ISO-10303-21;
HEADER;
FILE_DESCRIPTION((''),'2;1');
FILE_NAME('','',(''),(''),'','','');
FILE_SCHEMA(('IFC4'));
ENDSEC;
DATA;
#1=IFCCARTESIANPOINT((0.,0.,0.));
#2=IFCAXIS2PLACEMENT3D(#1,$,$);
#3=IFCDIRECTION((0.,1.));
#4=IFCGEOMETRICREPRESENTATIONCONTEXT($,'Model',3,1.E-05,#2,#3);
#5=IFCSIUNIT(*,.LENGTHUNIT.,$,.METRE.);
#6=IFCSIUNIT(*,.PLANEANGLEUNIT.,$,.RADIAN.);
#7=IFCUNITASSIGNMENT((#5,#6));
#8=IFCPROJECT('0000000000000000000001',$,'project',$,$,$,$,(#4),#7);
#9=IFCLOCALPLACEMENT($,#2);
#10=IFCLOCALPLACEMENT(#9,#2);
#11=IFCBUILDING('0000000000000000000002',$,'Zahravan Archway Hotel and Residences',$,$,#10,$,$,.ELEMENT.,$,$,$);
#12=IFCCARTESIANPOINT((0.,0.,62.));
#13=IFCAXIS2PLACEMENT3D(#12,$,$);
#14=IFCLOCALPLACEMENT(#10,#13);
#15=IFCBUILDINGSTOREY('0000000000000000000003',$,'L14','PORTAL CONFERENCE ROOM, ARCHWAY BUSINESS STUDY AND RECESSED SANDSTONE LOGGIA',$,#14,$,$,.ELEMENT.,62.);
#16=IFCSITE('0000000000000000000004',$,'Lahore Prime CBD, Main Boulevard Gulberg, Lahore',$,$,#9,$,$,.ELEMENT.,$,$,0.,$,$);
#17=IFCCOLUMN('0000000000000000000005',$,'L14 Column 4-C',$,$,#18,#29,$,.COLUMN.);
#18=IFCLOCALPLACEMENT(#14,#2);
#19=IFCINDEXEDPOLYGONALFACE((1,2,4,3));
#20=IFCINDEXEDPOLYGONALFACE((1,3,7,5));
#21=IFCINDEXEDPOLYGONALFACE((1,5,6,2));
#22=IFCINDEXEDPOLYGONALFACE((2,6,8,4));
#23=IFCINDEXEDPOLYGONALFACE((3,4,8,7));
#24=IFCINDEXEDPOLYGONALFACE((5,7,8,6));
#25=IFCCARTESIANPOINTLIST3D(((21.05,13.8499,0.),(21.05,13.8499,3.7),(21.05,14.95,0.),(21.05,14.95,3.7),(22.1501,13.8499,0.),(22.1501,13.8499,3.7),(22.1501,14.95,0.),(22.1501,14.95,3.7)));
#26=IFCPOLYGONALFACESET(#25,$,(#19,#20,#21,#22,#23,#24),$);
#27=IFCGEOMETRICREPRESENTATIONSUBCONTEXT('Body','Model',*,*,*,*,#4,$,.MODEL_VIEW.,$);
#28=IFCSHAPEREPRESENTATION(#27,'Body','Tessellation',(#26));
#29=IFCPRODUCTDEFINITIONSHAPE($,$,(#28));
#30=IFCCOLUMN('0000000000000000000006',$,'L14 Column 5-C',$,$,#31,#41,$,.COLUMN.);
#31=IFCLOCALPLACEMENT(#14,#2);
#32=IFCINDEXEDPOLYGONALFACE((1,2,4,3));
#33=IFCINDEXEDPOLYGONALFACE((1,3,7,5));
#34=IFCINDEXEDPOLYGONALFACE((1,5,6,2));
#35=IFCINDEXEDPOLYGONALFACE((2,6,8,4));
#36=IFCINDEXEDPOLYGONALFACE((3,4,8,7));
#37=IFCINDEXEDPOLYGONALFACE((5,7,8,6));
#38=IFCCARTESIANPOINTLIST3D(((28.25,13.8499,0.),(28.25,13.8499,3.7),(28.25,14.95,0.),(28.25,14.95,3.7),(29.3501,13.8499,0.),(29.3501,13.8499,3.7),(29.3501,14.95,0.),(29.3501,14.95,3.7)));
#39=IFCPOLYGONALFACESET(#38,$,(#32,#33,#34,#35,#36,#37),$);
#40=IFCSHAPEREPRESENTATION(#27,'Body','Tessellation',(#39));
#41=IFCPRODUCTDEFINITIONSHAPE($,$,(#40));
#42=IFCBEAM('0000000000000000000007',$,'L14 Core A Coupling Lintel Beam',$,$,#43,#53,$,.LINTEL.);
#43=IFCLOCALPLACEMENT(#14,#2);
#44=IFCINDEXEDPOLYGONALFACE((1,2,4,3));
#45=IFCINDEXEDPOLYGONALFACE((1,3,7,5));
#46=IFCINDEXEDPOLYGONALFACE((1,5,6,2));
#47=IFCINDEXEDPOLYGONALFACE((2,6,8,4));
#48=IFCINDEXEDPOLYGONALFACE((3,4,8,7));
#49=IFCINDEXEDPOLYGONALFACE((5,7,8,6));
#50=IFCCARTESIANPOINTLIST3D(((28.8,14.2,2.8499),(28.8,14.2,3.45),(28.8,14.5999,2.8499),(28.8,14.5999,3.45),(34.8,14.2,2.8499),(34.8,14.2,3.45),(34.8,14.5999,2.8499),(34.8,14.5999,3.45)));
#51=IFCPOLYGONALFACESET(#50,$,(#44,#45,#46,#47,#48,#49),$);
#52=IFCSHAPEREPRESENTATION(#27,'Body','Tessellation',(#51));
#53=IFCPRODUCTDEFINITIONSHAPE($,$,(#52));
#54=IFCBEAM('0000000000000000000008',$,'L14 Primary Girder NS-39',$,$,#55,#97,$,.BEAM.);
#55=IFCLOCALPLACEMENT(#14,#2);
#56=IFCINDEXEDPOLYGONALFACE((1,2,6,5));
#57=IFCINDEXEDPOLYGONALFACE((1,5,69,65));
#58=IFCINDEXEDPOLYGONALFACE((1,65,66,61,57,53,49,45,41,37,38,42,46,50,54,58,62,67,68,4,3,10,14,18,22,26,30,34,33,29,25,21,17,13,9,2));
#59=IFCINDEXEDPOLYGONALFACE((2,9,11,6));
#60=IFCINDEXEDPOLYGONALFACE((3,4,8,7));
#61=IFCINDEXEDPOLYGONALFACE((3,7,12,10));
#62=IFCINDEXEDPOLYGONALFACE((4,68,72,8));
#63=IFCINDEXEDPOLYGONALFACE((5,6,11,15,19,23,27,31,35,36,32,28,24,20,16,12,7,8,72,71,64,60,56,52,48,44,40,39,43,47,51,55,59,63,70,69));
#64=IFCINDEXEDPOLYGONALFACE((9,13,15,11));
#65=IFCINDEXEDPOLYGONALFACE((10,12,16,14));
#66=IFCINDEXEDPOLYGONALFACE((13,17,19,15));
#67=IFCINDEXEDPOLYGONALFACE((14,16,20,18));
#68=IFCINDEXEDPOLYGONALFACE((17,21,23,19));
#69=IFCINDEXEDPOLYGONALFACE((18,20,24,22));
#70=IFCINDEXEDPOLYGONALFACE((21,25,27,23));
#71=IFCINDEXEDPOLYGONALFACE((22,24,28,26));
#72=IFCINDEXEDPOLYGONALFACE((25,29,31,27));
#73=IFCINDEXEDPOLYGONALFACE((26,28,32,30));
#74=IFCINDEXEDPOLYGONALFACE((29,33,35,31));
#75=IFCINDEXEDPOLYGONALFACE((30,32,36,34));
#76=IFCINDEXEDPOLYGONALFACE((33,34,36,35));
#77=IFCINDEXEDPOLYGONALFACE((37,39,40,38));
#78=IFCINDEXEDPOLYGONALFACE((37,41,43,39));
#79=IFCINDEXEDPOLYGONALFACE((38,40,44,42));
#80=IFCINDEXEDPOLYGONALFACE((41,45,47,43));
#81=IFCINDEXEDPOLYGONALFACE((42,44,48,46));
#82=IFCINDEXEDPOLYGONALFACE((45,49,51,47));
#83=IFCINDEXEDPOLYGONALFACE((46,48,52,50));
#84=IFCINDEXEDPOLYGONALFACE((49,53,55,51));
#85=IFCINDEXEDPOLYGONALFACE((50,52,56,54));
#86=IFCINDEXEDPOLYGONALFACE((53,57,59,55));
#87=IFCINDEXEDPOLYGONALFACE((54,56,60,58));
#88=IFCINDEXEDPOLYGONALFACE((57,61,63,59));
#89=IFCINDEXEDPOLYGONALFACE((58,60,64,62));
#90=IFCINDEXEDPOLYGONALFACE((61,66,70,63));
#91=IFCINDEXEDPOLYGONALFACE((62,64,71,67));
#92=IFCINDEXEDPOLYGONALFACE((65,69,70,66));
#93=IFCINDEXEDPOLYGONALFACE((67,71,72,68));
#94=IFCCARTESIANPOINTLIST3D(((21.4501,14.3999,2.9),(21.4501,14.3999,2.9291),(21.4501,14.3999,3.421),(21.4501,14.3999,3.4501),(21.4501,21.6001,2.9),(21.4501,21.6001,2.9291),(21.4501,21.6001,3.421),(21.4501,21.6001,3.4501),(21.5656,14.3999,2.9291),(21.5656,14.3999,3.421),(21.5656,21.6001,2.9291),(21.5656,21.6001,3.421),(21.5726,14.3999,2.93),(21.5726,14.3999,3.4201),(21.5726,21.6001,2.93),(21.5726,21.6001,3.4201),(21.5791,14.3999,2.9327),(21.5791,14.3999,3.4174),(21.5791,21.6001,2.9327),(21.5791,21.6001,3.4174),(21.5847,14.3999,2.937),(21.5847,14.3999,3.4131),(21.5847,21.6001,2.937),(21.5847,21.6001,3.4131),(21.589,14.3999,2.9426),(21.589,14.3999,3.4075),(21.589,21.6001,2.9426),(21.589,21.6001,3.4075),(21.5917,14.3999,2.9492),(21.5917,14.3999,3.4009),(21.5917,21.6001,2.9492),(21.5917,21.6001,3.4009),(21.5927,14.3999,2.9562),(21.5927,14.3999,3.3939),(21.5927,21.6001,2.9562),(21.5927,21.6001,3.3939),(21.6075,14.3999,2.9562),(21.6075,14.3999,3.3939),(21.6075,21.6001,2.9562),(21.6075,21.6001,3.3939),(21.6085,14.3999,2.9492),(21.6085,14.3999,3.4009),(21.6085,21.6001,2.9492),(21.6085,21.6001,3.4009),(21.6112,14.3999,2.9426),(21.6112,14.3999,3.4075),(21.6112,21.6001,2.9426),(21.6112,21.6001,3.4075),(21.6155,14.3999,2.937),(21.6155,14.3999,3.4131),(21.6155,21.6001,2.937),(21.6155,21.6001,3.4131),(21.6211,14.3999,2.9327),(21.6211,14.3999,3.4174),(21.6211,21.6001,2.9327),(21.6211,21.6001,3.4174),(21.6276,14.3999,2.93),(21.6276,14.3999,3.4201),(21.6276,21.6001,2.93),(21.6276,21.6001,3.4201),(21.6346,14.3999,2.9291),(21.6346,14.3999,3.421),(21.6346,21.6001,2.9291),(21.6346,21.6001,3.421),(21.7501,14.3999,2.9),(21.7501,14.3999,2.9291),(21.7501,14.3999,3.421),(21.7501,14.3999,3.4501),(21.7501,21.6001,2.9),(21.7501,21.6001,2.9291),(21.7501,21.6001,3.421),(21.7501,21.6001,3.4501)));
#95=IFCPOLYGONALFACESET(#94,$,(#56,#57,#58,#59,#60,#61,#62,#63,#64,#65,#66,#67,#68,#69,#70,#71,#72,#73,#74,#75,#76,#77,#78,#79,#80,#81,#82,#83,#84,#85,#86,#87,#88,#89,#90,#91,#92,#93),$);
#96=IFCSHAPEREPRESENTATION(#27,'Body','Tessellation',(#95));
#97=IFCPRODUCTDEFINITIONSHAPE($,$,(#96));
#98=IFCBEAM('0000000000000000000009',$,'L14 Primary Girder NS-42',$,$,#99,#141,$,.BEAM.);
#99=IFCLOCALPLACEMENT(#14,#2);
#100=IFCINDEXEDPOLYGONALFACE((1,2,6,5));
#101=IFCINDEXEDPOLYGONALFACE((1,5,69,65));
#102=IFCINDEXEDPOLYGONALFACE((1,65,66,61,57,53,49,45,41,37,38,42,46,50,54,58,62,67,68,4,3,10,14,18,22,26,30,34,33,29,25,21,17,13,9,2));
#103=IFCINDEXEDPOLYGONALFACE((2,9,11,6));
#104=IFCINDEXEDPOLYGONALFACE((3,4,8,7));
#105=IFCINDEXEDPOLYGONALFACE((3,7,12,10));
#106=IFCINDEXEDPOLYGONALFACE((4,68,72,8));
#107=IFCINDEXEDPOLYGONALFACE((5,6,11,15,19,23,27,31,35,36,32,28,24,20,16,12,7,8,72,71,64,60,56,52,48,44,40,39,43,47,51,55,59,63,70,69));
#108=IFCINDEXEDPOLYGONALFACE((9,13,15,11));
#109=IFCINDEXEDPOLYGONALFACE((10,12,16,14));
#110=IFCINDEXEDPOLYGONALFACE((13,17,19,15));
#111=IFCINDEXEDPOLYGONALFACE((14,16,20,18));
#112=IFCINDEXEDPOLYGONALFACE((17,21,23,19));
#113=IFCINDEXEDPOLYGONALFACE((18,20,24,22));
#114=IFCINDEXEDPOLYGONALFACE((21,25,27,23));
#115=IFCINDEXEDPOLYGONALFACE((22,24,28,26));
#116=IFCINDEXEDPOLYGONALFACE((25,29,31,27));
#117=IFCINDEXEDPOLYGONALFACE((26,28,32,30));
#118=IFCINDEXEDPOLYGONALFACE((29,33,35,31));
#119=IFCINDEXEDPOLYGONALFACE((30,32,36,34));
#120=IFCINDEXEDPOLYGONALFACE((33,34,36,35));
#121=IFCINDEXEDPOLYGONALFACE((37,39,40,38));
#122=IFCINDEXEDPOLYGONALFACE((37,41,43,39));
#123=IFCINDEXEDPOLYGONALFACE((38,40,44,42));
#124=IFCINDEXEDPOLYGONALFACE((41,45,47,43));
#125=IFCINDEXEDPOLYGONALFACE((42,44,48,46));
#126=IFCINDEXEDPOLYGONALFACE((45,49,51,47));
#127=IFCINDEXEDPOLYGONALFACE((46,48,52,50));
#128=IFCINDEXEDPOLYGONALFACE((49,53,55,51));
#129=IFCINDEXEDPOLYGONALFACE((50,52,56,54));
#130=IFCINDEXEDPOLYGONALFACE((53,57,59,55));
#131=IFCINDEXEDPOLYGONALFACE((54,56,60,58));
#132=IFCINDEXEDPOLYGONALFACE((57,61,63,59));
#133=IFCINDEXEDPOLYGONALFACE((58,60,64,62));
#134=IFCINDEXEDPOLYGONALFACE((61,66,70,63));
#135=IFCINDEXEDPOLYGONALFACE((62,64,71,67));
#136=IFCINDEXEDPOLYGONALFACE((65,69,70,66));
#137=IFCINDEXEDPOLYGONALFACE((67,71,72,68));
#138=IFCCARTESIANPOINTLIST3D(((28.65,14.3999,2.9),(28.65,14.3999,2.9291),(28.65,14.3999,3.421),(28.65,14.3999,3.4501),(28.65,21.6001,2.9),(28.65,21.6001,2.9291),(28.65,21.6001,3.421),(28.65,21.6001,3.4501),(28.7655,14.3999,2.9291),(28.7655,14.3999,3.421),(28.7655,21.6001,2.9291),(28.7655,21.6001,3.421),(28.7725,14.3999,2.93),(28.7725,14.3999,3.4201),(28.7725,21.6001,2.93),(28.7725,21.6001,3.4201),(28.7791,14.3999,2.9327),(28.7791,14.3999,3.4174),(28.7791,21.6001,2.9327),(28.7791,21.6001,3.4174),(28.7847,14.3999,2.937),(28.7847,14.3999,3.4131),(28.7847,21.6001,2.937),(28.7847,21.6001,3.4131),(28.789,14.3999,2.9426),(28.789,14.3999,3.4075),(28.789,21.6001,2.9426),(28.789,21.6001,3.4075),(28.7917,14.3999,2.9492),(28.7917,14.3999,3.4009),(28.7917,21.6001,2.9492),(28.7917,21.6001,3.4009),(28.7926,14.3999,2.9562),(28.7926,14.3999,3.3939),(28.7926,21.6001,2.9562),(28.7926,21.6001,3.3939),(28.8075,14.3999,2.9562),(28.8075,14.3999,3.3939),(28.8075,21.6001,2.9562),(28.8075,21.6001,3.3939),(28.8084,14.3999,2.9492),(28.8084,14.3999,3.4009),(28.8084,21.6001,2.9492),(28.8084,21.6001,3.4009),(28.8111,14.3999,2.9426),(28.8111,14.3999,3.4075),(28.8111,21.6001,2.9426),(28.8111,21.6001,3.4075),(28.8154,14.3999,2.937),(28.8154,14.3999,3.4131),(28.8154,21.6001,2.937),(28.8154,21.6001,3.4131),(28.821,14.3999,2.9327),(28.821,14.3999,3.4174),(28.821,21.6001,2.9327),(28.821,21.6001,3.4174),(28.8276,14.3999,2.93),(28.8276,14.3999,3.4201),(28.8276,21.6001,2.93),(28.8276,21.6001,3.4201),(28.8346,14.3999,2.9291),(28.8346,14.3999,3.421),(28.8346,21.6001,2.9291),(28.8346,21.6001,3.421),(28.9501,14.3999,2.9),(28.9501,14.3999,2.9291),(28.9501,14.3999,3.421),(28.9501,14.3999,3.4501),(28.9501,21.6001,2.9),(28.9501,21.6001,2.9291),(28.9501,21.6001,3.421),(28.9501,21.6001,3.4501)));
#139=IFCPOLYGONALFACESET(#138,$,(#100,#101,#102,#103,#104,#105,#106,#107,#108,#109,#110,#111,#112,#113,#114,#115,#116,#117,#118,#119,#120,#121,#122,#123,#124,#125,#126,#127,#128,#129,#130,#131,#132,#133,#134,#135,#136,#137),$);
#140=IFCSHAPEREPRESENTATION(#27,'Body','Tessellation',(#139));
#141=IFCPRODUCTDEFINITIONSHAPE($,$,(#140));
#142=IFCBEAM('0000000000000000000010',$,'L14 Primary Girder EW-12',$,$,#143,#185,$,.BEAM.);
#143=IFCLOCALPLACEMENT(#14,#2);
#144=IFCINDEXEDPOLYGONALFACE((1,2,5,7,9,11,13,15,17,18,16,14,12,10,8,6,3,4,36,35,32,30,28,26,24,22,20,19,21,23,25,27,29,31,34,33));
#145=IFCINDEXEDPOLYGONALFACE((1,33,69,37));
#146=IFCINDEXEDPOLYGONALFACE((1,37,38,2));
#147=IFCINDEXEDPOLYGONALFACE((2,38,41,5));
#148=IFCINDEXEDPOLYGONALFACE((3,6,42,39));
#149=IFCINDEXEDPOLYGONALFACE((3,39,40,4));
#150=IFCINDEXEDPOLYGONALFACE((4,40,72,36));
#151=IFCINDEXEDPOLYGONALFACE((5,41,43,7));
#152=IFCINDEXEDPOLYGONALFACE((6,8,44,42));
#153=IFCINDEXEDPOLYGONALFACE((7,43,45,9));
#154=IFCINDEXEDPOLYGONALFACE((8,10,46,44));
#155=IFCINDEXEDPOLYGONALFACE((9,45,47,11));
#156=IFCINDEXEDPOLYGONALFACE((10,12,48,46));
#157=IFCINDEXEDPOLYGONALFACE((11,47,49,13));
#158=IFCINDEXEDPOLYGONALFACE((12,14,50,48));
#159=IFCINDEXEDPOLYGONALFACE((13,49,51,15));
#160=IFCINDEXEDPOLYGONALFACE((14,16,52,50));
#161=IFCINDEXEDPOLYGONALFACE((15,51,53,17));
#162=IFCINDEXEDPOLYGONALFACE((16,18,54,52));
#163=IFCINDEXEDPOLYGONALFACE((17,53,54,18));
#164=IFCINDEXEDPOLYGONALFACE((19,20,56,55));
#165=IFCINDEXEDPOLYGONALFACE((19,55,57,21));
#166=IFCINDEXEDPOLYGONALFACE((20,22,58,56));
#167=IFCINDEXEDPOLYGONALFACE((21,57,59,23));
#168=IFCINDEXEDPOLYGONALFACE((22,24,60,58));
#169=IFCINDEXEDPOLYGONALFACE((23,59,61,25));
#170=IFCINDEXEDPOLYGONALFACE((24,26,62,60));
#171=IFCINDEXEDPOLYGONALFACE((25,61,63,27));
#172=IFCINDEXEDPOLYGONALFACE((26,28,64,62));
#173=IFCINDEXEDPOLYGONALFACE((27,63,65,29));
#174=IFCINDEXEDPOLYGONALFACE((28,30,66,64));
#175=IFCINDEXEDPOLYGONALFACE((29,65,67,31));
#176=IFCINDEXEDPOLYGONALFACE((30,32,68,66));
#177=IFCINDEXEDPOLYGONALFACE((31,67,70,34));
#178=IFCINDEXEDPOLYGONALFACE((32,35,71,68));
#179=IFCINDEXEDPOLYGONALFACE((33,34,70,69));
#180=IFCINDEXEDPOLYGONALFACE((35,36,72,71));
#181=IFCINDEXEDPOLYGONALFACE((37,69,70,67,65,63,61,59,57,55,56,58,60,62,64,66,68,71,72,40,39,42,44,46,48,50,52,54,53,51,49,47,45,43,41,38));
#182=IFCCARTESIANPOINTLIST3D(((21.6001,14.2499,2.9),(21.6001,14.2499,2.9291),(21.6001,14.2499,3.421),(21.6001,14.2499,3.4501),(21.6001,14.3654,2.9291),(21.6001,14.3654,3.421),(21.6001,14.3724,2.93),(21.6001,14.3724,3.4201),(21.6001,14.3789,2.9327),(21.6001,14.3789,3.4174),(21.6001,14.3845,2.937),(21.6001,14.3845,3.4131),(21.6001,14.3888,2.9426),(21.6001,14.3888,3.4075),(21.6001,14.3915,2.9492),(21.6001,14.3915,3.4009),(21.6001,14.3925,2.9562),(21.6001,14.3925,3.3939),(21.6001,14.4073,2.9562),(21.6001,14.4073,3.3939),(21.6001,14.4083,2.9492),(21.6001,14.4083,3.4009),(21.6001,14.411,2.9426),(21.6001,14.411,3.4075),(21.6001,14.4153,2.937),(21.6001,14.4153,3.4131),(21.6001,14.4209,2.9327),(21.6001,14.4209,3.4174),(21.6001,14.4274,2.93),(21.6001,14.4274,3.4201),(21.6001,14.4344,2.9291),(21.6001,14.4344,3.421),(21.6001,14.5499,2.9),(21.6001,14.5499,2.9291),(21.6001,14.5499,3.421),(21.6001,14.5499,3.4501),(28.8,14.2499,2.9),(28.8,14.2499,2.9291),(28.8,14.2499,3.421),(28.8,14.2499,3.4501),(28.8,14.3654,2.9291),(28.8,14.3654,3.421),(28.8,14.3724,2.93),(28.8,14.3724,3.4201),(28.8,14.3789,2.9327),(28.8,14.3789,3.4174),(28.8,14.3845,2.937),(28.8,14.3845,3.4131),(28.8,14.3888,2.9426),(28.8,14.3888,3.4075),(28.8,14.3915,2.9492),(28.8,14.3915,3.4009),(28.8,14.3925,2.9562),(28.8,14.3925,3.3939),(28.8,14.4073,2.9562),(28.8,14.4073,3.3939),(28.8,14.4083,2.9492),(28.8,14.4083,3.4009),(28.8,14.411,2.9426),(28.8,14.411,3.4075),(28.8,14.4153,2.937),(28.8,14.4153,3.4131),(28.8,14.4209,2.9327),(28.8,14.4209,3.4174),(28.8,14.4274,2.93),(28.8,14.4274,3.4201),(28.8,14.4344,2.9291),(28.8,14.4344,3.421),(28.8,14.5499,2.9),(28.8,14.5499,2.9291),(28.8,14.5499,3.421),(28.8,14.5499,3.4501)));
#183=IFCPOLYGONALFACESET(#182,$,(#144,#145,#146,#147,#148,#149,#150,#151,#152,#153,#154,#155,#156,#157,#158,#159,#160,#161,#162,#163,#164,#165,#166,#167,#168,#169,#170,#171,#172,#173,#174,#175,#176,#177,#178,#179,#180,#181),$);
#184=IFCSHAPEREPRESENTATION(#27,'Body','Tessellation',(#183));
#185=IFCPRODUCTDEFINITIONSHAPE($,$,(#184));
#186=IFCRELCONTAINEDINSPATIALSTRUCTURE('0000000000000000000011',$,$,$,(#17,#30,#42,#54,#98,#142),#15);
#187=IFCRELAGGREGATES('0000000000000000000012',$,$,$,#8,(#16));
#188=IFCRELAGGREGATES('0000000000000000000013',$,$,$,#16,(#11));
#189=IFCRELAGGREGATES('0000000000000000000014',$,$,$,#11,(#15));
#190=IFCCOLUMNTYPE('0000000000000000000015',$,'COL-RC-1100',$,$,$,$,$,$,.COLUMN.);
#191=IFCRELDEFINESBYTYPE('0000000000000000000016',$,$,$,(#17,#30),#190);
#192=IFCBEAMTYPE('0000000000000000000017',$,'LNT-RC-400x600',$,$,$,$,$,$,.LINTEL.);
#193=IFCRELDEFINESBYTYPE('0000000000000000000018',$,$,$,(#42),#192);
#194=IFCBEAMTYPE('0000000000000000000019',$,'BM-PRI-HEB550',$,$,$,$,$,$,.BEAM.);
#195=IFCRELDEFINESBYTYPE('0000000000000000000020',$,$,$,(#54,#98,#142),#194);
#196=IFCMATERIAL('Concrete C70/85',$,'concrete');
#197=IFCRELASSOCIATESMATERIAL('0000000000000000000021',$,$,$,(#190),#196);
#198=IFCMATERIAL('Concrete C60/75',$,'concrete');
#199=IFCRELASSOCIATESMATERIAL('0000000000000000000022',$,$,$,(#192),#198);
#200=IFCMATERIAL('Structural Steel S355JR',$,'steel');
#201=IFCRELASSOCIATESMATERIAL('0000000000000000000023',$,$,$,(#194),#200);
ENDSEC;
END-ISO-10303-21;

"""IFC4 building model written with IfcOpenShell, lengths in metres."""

from ifc_helpers import new_model, si_unit, direction, frame, origin, origin_2d, place, context, subcontext, project, spatial, rectangle, i_section, extrude, source, transform, mapped, material, material_profile, profile_set, type_object, type_shapes, element, save


model = new_model("IFC4")

# Units and contexts
model_context = context("Model", 3, precision=1e-05, world=origin(), true_north=direction((0.0, 1.0)))
body_context = subcontext(model_context, "Body", "Model", "MODEL_VIEW")
ifc_project = project(units=[si_unit("LENGTHUNIT", "METRE"), si_unit("PLANEANGLEUNIT", "RADIAN")], contexts=[model_context])

# Site, building, storey
site_placement = place(None, origin())
site = spatial("IfcSite", under=ifc_project, at=site_placement, Name="Lahore Prime CBD, Main Boulevard Gulberg, Lahore", CompositionType="ELEMENT", RefElevation=0.0)
building_placement = place(site_placement, origin())
building = spatial("IfcBuilding", under=site, at=building_placement, Name="Zahravan Archway Hotel and Residences", CompositionType="ELEMENT")
storey_placement = place(building_placement, frame((0.0, 0.0, 62.0)))
storey = spatial("IfcBuildingStorey", under=building, at=storey_placement, Name="L14", Description="PORTAL CONFERENCE ROOM, ARCHWAY BUSINESS STUDY AND RECESSED SANDSTONE LOGGIA", CompositionType="ELEMENT", Elevation=62.0)

# Columns
ifc_material_1 = material(Name="Concrete C70/85", Category="concrete")
ifc_material_profile_1 = material_profile(ifc_material_1, rectangle(XDim=1.1001, YDim=1.1001, at=origin_2d()), Name="RC 1100x1100", Category="concrete")
ifc_profile_set_1 = profile_set([ifc_material_profile_1], Name="Concrete C70/85")
column_type = type_object("IfcColumnType", Name="COL-RC-1100", PredefinedType="COLUMN", material=ifc_profile_set_1)
shared_shape_1 = source(origin(), body_context, "Body", "SweptSolid", [
    extrude(rectangle(XDim=1.1001, YDim=1.1001, at=origin_2d()), origin(), (0.0, 0.0, 1.0), 3.7),
])
for number, where, z_axis, x_axis, name in (
    (1, (21.6001, 14.3999, 0.0), (0.0, 0.0, 1.0), (1.0, 0.0, 0.0), "L14 Column 4-C"),
    (2, (28.8, 14.3999, 0.0), (0.0, 0.0, 1.0), (1.0, 0.0, 0.0), "L14 Column 5-C"),
):
    element("IfcColumn", number, at=place(storey_placement, frame(where, z_axis=z_axis, x_axis=x_axis)), inside=storey, type_object=column_type, Name=name, PredefinedType="COLUMN", context=body_context, shape_type="MappedRepresentation", body=[
        mapped(shared_shape_1, transform((0.0, 0.0, 0.0), scale=1.0)),
    ])

# Beams
ifc_material_2 = material(Name="Concrete C60/75", Category="concrete")
ifc_material_profile_2 = material_profile(ifc_material_2, rectangle(XDim=0.3999, YDim=0.6001, at=origin_2d()), Name="RC-LNT-400x600", Category="concrete")
ifc_profile_set_2 = profile_set([ifc_material_profile_2], Name="Concrete C60/75")
beam_type_1 = type_object("IfcBeamType", Name="LNT-RC-400x600", PredefinedType="LINTEL", material=ifc_profile_set_2)
shared_shape_2 = source(origin(), body_context, "Body", "SweptSolid", [
    extrude(rectangle(XDim=0.3999, YDim=0.6001, at=origin_2d()), origin(), (0.0, 0.0, 1.0), 6.0),
])
type_shapes(beam_type_1, [shared_shape_2])
beam_1_placement = place(storey_placement, frame((28.8, 14.3999, 3.1499), z_axis=(1.0, 0.0, 0.0), x_axis=(0.0, 1.0, 0.0)))
element("IfcBeam", 3, at=beam_1_placement, inside=storey, type_object=beam_type_1, Name="L14 Core A Coupling Lintel Beam", PredefinedType="LINTEL", context=body_context, shape_type="MappedRepresentation", body=[
    mapped(shared_shape_2, transform((0.0, 0.0, 0.0), scale=1.0)),
])
ifc_material_3 = material(Name="Structural Steel S355JR", Category="steel")
ifc_material_profile_3 = material_profile(ifc_material_3, i_section(OverallWidth=0.3, OverallDepth=0.55, WebThickness=0.0149, FlangeThickness=0.0291, FilletRadius=0.0271, at=origin_2d()), Name="HEB 550", Category="steel")
ifc_profile_set_3 = profile_set([ifc_material_profile_3], Name="Structural Steel S355JR")
beam_type_2 = type_object("IfcBeamType", Name="BM-PRI-HEB550", PredefinedType="BEAM", material=ifc_profile_set_3)
shared_shape_3 = source(origin(), body_context, "Body", "SweptSolid", [
    extrude(i_section(OverallWidth=0.3, OverallDepth=0.55, WebThickness=0.0149, FlangeThickness=0.0291, FilletRadius=0.0271, at=origin_2d()), origin(), (0.0, 0.0, 1.0), 7.2002),
])
type_shapes(beam_type_2, [shared_shape_3])
for number, where, z_axis, x_axis, name in (
    (4, (21.6001, 14.3999, 3.175), (0.0, 1.0, 0.0), (-1.0, 0.0, 0.0), "L14 Primary Girder NS-39"),
    (5, (28.8, 14.3999, 3.175), (0.0, 1.0, 0.0), (-1.0, 0.0, 0.0), "L14 Primary Girder NS-42"),
):
    element("IfcBeam", number, at=place(storey_placement, frame(where, z_axis=z_axis, x_axis=x_axis)), inside=storey, type_object=beam_type_2, Name=name, PredefinedType="BEAM", context=body_context, shape_type="MappedRepresentation", body=[
        mapped(shared_shape_3, transform((0.0, 0.0, 0.0), scale=1.0)),
    ])
shared_shape_4 = source(origin(), body_context, "Body", "SweptSolid", [
    extrude(i_section(OverallWidth=0.3, OverallDepth=0.55, WebThickness=0.0149, FlangeThickness=0.0291, FilletRadius=0.0271, at=origin_2d()), origin(), (0.0, 0.0, 1.0), 7.2),
])
beam_2_placement = place(storey_placement, frame((21.6001, 14.3999, 3.175), z_axis=(1.0, 0.0, 0.0), x_axis=(0.0, 1.0, 0.0)))
element("IfcBeam", 6, at=beam_2_placement, inside=storey, type_object=beam_type_2, Name="L14 Primary Girder EW-12", PredefinedType="BEAM", context=body_context, shape_type="MappedRepresentation", body=[
    mapped(shared_shape_4, transform((0.0, 0.0, 0.0), scale=1.0)),
])

save(model, "model.ifc")
